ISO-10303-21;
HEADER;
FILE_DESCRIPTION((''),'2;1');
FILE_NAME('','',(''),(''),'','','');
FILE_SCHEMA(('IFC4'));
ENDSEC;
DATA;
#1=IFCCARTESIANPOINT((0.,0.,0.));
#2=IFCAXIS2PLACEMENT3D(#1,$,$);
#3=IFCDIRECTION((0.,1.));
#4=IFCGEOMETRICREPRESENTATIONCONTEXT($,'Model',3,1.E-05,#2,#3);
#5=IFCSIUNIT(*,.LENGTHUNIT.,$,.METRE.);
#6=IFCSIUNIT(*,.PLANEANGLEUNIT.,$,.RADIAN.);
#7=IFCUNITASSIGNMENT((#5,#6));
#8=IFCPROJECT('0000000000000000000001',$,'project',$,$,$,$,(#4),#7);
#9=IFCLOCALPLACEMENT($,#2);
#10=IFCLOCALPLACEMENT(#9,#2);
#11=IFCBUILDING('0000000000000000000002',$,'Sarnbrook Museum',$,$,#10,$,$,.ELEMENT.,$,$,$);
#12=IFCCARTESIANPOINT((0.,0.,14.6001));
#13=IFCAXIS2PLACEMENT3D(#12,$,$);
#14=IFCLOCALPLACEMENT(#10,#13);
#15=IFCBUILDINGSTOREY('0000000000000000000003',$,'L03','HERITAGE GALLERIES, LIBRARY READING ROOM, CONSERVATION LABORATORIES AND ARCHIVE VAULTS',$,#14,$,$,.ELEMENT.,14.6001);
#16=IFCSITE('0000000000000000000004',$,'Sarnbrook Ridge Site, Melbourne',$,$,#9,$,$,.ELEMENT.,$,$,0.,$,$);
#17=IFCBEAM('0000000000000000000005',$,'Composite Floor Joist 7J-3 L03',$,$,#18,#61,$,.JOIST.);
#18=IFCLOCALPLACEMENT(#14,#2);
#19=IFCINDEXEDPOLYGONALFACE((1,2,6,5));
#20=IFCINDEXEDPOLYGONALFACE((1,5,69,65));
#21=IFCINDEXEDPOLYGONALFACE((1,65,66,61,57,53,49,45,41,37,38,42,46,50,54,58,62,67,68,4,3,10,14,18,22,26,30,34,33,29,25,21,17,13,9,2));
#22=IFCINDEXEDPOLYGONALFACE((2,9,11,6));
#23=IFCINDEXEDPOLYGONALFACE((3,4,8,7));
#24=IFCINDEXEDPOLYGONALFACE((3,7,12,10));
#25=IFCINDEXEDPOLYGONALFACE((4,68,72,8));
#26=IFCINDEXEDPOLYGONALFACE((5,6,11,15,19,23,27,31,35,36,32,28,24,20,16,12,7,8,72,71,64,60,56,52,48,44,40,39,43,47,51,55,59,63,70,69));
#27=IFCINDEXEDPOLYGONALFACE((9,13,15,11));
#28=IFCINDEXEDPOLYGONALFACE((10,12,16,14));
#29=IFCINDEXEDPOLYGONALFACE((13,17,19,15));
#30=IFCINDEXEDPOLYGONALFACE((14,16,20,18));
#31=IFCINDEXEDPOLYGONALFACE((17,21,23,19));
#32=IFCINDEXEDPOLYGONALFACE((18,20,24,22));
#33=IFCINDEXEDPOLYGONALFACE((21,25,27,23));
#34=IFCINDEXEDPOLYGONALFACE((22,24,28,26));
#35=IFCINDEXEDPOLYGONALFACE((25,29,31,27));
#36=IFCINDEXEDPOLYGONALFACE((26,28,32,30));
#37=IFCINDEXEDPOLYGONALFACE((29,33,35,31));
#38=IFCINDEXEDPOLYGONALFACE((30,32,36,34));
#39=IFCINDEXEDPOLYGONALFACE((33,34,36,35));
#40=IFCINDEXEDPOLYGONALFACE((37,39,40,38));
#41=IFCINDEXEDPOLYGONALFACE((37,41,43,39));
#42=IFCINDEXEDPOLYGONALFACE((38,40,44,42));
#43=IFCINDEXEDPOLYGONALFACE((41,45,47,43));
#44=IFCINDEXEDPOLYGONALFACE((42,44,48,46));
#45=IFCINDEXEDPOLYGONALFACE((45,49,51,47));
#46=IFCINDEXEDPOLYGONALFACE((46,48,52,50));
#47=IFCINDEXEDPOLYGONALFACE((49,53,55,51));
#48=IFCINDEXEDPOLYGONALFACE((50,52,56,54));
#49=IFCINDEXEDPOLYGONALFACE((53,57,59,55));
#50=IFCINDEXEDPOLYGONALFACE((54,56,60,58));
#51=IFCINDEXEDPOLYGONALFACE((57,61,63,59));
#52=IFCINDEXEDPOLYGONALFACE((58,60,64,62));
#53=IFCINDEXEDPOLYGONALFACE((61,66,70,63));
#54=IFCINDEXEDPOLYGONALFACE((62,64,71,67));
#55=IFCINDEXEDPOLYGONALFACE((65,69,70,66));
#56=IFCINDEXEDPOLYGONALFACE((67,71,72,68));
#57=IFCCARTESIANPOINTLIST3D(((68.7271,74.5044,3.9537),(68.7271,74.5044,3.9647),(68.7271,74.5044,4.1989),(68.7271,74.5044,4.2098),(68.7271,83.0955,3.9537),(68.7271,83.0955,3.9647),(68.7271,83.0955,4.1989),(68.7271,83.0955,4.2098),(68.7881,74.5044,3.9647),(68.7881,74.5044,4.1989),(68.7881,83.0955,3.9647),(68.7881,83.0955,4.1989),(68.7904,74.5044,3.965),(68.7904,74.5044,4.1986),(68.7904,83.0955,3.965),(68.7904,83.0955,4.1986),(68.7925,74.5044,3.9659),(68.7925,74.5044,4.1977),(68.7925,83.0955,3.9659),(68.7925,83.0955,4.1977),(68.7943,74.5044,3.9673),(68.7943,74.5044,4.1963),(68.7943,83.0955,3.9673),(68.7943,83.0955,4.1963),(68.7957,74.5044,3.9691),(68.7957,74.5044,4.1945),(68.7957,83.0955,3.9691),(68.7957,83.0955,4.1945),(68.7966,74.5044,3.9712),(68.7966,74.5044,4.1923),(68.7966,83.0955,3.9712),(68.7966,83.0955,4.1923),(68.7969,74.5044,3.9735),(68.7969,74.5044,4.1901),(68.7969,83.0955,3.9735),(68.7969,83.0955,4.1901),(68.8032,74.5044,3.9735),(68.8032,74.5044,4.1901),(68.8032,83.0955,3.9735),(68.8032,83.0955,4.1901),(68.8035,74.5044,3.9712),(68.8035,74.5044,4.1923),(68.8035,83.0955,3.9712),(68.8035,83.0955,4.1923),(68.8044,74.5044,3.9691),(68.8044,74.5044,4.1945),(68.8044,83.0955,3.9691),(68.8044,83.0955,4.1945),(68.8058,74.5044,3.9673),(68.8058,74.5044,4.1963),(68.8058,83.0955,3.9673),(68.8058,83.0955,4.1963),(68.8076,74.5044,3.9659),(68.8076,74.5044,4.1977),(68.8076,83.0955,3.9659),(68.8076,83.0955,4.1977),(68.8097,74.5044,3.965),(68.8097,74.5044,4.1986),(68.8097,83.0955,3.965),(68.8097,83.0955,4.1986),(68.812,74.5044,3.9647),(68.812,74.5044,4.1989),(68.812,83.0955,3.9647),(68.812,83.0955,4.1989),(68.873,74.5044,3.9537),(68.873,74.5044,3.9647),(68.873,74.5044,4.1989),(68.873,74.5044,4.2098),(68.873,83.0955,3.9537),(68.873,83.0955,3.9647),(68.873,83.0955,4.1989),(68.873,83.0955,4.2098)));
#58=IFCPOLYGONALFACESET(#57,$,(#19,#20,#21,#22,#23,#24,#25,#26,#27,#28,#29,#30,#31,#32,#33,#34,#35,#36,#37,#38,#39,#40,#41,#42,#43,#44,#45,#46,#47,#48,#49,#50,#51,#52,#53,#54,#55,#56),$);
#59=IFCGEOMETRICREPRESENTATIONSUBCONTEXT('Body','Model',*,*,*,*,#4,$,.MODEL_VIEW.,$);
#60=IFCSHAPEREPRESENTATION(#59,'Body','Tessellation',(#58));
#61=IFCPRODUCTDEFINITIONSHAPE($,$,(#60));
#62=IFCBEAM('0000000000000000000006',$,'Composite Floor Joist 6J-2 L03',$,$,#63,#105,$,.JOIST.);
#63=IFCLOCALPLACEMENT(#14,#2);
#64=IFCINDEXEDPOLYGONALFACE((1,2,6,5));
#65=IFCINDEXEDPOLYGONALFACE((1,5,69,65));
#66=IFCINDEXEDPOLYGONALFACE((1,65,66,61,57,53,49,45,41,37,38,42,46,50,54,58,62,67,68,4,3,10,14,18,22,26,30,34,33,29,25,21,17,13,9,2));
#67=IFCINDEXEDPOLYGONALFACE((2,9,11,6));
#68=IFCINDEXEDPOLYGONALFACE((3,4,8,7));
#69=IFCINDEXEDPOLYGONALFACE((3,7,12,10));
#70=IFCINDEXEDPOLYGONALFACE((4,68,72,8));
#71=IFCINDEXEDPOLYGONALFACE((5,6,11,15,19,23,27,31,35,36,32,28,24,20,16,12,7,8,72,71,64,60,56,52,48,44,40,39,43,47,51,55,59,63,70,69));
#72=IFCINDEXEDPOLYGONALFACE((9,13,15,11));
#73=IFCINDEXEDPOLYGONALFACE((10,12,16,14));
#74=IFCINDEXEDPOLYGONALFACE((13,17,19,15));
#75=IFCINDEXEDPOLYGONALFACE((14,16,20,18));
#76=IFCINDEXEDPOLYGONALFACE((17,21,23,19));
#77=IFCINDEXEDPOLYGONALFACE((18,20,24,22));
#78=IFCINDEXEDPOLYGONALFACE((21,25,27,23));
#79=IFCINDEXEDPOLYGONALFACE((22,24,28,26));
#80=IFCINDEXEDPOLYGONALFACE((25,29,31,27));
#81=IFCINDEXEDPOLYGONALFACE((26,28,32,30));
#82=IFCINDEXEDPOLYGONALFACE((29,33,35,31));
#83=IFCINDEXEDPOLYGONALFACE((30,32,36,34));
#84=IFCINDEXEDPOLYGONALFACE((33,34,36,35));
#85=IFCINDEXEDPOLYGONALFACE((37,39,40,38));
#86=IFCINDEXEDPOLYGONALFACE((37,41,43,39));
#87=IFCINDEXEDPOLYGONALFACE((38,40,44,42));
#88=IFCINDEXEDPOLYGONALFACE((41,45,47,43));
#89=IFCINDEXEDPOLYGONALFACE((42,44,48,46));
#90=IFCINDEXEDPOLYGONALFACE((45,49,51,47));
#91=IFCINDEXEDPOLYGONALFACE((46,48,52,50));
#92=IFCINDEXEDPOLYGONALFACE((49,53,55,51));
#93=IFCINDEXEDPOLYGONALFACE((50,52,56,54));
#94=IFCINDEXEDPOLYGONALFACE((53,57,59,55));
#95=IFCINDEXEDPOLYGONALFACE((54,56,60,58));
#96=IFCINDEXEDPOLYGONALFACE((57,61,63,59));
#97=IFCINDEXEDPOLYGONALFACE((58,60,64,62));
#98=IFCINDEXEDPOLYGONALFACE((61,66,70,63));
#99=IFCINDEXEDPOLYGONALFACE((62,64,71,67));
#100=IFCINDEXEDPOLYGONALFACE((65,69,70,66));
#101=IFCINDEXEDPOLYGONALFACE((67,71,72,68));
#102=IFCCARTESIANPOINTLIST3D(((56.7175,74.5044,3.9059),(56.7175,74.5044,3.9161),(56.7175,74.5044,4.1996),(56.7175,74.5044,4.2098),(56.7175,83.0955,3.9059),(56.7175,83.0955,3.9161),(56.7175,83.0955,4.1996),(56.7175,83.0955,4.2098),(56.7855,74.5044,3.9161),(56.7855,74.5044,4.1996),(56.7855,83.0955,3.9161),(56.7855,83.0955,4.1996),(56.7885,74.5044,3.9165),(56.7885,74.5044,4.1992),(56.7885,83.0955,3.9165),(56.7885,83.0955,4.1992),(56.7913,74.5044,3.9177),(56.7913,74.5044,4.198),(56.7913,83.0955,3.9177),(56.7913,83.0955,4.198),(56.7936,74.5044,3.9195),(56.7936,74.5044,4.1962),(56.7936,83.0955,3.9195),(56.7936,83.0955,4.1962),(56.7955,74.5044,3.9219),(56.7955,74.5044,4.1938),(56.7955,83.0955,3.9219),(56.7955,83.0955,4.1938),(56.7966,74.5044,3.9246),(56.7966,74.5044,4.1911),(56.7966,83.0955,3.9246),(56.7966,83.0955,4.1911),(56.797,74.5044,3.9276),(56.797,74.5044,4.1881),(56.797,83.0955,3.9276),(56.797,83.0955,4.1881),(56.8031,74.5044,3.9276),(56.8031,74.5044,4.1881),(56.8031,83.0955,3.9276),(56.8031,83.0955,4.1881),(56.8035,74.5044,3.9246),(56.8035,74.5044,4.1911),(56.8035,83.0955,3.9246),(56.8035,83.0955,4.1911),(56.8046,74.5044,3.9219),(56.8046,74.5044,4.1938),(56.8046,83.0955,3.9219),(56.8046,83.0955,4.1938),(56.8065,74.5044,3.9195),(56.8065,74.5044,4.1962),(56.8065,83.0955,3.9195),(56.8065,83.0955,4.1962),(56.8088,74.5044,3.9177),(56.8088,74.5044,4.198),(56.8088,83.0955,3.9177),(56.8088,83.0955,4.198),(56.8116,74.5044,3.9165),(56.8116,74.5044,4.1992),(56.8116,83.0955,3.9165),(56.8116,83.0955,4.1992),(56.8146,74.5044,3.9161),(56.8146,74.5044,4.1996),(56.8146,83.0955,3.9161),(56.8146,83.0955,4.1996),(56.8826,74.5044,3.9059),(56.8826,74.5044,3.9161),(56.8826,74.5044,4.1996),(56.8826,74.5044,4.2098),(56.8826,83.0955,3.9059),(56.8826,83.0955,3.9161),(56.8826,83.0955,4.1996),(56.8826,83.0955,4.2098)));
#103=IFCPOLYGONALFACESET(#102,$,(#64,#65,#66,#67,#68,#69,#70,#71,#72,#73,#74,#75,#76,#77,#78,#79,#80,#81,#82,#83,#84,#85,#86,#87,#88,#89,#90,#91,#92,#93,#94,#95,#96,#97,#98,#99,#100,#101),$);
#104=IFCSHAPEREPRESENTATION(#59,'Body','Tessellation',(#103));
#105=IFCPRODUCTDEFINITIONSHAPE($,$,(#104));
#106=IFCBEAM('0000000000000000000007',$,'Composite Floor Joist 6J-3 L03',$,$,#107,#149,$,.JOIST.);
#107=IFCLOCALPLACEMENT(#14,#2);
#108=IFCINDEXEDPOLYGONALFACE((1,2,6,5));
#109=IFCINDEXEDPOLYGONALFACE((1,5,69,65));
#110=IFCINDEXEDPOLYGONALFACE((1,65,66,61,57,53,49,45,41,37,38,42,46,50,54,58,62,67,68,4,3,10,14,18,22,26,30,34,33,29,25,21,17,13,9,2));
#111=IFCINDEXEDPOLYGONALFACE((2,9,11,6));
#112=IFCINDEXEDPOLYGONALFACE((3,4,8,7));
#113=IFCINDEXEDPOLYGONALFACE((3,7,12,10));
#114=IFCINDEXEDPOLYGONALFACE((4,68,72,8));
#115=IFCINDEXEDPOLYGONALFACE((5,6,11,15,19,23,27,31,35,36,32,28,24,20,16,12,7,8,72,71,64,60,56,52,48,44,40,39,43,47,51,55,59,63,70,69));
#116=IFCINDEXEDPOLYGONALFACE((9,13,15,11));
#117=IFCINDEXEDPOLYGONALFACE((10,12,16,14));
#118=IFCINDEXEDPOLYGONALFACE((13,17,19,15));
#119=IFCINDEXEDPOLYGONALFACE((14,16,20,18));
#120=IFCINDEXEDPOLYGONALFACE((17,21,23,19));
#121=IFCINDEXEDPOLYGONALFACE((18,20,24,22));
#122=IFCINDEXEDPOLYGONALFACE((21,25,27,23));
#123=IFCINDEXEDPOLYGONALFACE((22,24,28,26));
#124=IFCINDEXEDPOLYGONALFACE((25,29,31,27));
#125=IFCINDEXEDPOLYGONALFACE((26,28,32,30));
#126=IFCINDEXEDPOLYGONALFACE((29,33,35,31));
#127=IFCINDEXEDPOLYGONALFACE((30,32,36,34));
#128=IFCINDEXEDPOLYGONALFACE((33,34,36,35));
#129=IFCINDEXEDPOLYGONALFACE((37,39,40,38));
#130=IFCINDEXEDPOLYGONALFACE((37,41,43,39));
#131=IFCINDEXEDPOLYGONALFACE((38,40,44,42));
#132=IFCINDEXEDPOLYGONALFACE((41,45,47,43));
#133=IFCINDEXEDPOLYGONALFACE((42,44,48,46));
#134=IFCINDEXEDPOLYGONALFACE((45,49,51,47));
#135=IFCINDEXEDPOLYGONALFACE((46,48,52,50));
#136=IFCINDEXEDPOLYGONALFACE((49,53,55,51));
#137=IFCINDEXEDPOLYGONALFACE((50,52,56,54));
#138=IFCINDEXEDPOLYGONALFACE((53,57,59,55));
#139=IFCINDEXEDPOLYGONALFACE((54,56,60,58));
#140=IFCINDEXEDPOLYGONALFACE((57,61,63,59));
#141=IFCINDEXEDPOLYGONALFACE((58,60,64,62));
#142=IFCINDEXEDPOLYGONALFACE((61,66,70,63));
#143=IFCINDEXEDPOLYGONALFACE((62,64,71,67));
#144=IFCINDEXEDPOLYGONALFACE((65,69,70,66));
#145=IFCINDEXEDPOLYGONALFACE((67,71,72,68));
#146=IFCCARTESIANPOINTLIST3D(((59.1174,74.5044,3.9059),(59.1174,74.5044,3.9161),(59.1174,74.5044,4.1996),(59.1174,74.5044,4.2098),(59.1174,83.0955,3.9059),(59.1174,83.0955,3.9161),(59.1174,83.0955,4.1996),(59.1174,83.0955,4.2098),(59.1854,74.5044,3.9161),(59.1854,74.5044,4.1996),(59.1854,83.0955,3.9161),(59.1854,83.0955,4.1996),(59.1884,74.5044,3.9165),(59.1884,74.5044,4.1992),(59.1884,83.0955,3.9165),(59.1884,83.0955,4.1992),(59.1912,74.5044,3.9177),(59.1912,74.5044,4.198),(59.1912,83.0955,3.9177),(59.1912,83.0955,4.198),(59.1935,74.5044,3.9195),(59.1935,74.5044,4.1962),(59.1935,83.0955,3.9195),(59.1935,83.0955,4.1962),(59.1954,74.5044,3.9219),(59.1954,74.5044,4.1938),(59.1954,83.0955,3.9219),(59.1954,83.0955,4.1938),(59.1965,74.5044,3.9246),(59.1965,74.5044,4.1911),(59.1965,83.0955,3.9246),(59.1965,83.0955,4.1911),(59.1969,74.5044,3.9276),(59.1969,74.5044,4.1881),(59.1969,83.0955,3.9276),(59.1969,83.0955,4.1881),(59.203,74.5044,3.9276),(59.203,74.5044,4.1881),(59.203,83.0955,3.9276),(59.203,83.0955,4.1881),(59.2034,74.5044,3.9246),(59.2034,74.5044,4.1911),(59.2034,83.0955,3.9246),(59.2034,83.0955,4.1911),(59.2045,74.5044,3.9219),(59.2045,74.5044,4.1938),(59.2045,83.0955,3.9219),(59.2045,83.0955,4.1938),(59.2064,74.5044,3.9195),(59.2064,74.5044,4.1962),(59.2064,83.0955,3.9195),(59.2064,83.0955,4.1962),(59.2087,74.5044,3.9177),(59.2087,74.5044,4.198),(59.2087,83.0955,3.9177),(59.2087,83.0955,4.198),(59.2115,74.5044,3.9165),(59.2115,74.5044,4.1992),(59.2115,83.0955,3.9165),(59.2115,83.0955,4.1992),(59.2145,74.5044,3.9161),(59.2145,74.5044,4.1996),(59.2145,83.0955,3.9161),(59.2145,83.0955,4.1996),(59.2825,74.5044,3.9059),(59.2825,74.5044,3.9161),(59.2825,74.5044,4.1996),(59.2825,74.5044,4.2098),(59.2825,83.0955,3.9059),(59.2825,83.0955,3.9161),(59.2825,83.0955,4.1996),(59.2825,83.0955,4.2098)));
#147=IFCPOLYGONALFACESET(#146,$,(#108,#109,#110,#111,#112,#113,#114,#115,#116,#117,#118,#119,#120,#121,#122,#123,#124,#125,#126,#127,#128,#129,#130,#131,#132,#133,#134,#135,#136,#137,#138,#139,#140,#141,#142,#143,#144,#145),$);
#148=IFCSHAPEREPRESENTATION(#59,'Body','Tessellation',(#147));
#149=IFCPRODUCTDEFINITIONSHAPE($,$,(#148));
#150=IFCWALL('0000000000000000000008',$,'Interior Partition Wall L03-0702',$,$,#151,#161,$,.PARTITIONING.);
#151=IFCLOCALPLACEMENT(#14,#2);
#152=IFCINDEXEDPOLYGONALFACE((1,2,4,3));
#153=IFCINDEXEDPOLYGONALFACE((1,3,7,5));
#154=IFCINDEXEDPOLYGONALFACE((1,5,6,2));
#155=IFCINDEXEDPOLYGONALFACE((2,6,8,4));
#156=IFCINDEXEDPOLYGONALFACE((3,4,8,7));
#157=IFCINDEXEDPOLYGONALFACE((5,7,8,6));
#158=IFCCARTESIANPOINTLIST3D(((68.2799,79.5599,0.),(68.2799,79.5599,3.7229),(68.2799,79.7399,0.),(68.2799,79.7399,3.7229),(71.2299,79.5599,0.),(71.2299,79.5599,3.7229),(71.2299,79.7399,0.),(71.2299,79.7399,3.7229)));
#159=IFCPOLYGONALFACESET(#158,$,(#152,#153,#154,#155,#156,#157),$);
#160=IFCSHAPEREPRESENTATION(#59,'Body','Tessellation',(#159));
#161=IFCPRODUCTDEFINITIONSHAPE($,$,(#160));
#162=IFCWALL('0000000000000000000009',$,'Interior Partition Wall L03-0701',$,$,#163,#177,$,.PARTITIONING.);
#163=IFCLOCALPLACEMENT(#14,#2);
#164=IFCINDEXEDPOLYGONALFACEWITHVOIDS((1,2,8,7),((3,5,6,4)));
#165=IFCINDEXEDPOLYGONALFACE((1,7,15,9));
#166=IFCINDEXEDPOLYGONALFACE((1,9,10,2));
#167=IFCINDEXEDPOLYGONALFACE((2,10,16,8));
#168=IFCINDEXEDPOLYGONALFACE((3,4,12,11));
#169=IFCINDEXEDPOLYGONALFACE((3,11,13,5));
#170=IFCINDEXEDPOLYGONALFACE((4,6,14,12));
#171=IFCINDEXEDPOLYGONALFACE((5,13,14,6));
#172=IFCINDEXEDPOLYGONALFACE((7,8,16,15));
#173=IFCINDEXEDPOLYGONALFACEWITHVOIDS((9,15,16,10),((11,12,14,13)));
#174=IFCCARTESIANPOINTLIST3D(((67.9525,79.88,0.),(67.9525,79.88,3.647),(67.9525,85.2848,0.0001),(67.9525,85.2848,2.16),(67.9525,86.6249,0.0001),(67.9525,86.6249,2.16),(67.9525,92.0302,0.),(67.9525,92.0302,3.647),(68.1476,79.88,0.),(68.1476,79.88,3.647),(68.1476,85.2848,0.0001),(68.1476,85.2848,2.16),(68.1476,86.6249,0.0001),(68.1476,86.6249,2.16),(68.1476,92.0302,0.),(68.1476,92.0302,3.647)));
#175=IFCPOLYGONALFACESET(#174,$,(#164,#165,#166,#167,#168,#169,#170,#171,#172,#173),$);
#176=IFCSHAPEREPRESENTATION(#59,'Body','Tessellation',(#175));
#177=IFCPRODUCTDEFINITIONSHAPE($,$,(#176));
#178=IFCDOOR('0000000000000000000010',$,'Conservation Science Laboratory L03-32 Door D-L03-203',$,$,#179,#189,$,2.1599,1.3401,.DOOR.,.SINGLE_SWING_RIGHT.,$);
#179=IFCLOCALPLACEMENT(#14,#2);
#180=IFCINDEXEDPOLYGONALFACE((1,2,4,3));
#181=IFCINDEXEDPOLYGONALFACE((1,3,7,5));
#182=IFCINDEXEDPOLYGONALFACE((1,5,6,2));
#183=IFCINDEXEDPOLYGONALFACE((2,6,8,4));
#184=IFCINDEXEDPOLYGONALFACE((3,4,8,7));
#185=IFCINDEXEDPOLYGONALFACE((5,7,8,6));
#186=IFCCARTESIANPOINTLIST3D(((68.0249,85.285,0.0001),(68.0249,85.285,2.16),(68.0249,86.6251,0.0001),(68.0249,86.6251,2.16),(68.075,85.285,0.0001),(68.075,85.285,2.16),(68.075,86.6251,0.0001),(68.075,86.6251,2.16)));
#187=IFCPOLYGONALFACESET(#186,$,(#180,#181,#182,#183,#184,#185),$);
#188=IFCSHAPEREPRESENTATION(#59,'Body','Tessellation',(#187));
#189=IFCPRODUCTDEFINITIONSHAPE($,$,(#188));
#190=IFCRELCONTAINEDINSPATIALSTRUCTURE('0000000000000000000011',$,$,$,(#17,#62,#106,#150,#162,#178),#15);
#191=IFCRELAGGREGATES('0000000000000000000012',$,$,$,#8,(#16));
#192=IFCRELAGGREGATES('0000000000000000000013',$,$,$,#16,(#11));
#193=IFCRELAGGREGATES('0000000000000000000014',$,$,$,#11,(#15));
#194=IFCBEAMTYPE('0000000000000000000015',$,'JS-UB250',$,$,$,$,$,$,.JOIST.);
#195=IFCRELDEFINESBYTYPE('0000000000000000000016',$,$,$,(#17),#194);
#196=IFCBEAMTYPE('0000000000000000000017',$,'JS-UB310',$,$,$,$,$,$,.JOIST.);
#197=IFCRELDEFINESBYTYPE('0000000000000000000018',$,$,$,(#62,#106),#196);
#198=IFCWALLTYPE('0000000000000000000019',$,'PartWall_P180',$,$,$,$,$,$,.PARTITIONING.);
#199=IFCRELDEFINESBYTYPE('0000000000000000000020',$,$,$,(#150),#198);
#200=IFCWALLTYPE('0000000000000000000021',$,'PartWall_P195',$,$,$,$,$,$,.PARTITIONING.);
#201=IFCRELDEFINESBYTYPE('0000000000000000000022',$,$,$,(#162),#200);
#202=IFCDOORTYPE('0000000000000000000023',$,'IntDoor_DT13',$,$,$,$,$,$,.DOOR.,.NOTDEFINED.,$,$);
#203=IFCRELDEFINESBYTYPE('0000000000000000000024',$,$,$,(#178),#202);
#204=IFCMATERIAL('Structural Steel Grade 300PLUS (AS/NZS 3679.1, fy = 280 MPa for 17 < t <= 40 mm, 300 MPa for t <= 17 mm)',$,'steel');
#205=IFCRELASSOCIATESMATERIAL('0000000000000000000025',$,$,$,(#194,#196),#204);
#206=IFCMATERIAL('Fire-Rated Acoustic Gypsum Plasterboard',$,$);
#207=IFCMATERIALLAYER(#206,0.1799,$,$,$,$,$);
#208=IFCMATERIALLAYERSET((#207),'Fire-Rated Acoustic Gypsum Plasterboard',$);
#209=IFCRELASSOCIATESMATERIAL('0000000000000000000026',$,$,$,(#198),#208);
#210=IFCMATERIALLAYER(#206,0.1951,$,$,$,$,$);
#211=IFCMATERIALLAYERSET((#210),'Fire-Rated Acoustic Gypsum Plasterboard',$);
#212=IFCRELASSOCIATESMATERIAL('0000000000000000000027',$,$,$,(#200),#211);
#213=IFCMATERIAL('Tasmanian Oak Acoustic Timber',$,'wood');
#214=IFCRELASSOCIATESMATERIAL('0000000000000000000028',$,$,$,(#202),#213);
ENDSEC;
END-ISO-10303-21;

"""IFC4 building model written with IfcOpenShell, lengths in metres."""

from ifc_helpers import new_model, si_unit, direction, frame, frame_2d, origin, origin_2d, place, context, subcontext, project, spatial, rectangle, i_section, extrude, material, layer, layer_set, material_profile, profile_set, type_object, element, fill, save


model = new_model("IFC4")

# Units and contexts
model_context = context("Model", 3, precision=1e-05, world=origin(), true_north=direction((0.0, 1.0)))
body_context = subcontext(model_context, "Body", "Model", "MODEL_VIEW")
ifc_project = project(units=[si_unit("LENGTHUNIT", "METRE"), si_unit("PLANEANGLEUNIT", "RADIAN")], contexts=[model_context])

# Site, building, storey
site_placement = place(None, origin())
site = spatial("IfcSite", under=ifc_project, at=site_placement, Name="Sarnbrook Ridge Site, Melbourne", CompositionType="ELEMENT", RefElevation=0.0)
building_placement = place(site_placement, origin())
building = spatial("IfcBuilding", under=site, at=building_placement, Name="Sarnbrook Museum", CompositionType="ELEMENT")
storey_placement = place(building_placement, frame((0.0, 0.0, 14.6001)))
storey = spatial("IfcBuildingStorey", under=building, at=storey_placement, Name="L03", Description="HERITAGE GALLERIES, LIBRARY READING ROOM, CONSERVATION LABORATORIES AND ARCHIVE VAULTS", CompositionType="ELEMENT", Elevation=14.6001)

# Shared definitions
ifc_material_1 = material(Name="Structural Steel Grade 300PLUS (AS/NZS 3679.1, fy = 280 MPa for 17 < t <= 40 mm, 300 MPa for t <= 17 mm)", Category="steel")

# Beams
ifc_material_profile_1 = material_profile(ifc_material_1, i_section(OverallWidth=0.146, OverallDepth=0.2561, WebThickness=0.0063, FlangeThickness=0.011, FilletRadius=0.0088, at=origin_2d()), Name="250UB37.3")
ifc_profile_set_1 = profile_set([ifc_material_profile_1], Name="Structural Steel Grade 300PLUS (AS/NZS 3679.1, fy = 280 MPa for 17 < t <= 40 mm, 300 MPa for t <= 17 mm)")
beam_type_1 = type_object("IfcBeamType", Name="JS-UB250", PredefinedType="JOIST", material=ifc_profile_set_1)
for number, where, z_axis, x_axis, name in (
    (1, (68.8, 74.5044, 4.0818), (0.0, 1.0, 0.0), (-1.0, 0.0, 0.0), "Composite Floor Joist 7J-3 L03"),
):
    element("IfcBeam", number, at=place(storey_placement, frame(where, z_axis=z_axis, x_axis=x_axis)), inside=storey, type_object=beam_type_1, Name=name, PredefinedType="JOIST", context=body_context, shape_type="SweptSolid", body=[
        extrude(i_section(OverallWidth=0.146, OverallDepth=0.2561, WebThickness=0.0063, FlangeThickness=0.011, FilletRadius=0.0088, at=origin_2d()), origin(), (0.0, 0.0, 1.0), 8.5911),
    ])
ifc_material_profile_2 = material_profile(ifc_material_1, i_section(OverallWidth=0.165, OverallDepth=0.304, WebThickness=0.0061, FlangeThickness=0.0103, FilletRadius=0.0115, at=origin_2d()), Name="310UB40.4")
ifc_profile_set_2 = profile_set([ifc_material_profile_2], Name="Structural Steel Grade 300PLUS (AS/NZS 3679.1, fy = 280 MPa for 17 < t <= 40 mm, 300 MPa for t <= 17 mm)")
beam_type_2 = type_object("IfcBeamType", Name="JS-UB310", PredefinedType="JOIST", material=ifc_profile_set_2)
for number, where, z_axis, x_axis, name in (
    (2, (56.8, 74.5044, 4.0579), (0.0, 1.0, 0.0), (-1.0, 0.0, 0.0), "Composite Floor Joist 6J-2 L03"),
    (3, (59.2, 74.5044, 4.0579), (0.0, 1.0, 0.0), (-1.0, 0.0, 0.0), "Composite Floor Joist 6J-3 L03"),
):
    element("IfcBeam", number, at=place(storey_placement, frame(where, z_axis=z_axis, x_axis=x_axis)), inside=storey, type_object=beam_type_2, Name=name, PredefinedType="JOIST", context=body_context, shape_type="SweptSolid", body=[
        extrude(i_section(OverallWidth=0.165, OverallDepth=0.304, WebThickness=0.0061, FlangeThickness=0.0103, FilletRadius=0.0115, at=origin_2d()), origin(), (0.0, 0.0, 1.0), 8.5911),
    ])

# Wall
ifc_material_2 = material(Name="Fire-Rated Acoustic Gypsum Plasterboard")
ifc_layer_1 = layer(ifc_material_2, 0.1799)
ifc_layer_set_1 = layer_set([ifc_layer_1], Name="Fire-Rated Acoustic Gypsum Plasterboard")
wall_type_1 = type_object("IfcWallType", Name="PartWall_P180", PredefinedType="PARTITIONING", material=ifc_layer_set_1)
wall_1_placement = place(storey_placement, frame((71.23, 79.6499, 0.0), z_axis=(0.0, 0.0, 1.0), x_axis=(-1.0, 0.0, 0.0)))
element("IfcWall", 4, at=wall_1_placement, inside=storey, type_object=wall_type_1, Name="Interior Partition Wall L03-0702", PredefinedType="PARTITIONING", context=body_context, shape_type="SweptSolid", body=[
    extrude(rectangle(XDim=2.95, YDim=0.1799, at=frame_2d((1.4751, 0.0))), origin(), (0.0, 0.0, 1.0), 3.7229),
])

# Wall, opening, door
ifc_layer_2 = layer(ifc_material_2, 0.1951)
ifc_layer_set_2 = layer_set([ifc_layer_2], Name="Fire-Rated Acoustic Gypsum Plasterboard")
wall_type_2 = type_object("IfcWallType", Name="PartWall_P195", PredefinedType="PARTITIONING", material=ifc_layer_set_2)
wall_2_placement = place(storey_placement, frame((68.05, 79.8799, 0.0), z_axis=(0.0, 0.0, 1.0), x_axis=(0.0, 1.0, 0.0)))
wall_2 = element("IfcWall", 5, at=wall_2_placement, inside=storey, type_object=wall_type_2, Name="Interior Partition Wall L03-0701", PredefinedType="PARTITIONING", context=body_context, shape_type="SweptSolid", body=[
    extrude(rectangle(XDim=12.1501, YDim=0.1951, at=frame_2d((6.0752, 0.0))), origin(), (0.0, 0.0, 1.0), 3.647),
])
opening_1_placement = place(wall_2_placement, frame((5.405, 0.0, 0.0)))
opening_1 = element("IfcOpeningElement", 6, at=opening_1_placement, cuts=wall_2, PredefinedType="OPENING", context=body_context, shape_type="SweptSolid", body=[
    extrude(rectangle(XDim=1.3401, YDim=2.1599, at=frame_2d((0.6699, 1.0801))), frame((0.0, 0.1074, 0.0), z_axis=(0.0, -1.0, 0.0), x_axis=(1.0, 0.0, 0.0)), (0.0, 0.0, 1.0), 0.2151),
])
ifc_material_3 = material(Name="Tasmanian Oak Acoustic Timber", Category="wood")
door_type_1 = type_object("IfcDoorType", Name="IntDoor_DT13", OperationType="NOTDEFINED", PredefinedType="DOOR", material=ifc_material_3)
door_1_placement = place(opening_1_placement, frame((1.3401, 0.0, 0.0), z_axis=(0.0, 0.0, 1.0), x_axis=(-1.0, 0.0, 0.0)))
door_1 = element("IfcDoor", 7, at=door_1_placement, inside=storey, type_object=door_type_1, Name="Conservation Science Laboratory L03-32 Door D-L03-203", OperationType="SINGLE_SWING_RIGHT", OverallHeight=2.1599, OverallWidth=1.3401, PredefinedType="DOOR", context=body_context, shape_type="SweptSolid", body=[
    extrude(rectangle(XDim=1.3401, YDim=2.1599, at=frame_2d((0.6699, 1.0801))), frame((0.0, 0.0249, 0.0), z_axis=(0.0, -1.0, 0.0), x_axis=(1.0, 0.0, 0.0)), (0.0, 0.0, 1.0), 0.05),
])
fill(opening_1, door_1)

save(model, "model.ifc")
